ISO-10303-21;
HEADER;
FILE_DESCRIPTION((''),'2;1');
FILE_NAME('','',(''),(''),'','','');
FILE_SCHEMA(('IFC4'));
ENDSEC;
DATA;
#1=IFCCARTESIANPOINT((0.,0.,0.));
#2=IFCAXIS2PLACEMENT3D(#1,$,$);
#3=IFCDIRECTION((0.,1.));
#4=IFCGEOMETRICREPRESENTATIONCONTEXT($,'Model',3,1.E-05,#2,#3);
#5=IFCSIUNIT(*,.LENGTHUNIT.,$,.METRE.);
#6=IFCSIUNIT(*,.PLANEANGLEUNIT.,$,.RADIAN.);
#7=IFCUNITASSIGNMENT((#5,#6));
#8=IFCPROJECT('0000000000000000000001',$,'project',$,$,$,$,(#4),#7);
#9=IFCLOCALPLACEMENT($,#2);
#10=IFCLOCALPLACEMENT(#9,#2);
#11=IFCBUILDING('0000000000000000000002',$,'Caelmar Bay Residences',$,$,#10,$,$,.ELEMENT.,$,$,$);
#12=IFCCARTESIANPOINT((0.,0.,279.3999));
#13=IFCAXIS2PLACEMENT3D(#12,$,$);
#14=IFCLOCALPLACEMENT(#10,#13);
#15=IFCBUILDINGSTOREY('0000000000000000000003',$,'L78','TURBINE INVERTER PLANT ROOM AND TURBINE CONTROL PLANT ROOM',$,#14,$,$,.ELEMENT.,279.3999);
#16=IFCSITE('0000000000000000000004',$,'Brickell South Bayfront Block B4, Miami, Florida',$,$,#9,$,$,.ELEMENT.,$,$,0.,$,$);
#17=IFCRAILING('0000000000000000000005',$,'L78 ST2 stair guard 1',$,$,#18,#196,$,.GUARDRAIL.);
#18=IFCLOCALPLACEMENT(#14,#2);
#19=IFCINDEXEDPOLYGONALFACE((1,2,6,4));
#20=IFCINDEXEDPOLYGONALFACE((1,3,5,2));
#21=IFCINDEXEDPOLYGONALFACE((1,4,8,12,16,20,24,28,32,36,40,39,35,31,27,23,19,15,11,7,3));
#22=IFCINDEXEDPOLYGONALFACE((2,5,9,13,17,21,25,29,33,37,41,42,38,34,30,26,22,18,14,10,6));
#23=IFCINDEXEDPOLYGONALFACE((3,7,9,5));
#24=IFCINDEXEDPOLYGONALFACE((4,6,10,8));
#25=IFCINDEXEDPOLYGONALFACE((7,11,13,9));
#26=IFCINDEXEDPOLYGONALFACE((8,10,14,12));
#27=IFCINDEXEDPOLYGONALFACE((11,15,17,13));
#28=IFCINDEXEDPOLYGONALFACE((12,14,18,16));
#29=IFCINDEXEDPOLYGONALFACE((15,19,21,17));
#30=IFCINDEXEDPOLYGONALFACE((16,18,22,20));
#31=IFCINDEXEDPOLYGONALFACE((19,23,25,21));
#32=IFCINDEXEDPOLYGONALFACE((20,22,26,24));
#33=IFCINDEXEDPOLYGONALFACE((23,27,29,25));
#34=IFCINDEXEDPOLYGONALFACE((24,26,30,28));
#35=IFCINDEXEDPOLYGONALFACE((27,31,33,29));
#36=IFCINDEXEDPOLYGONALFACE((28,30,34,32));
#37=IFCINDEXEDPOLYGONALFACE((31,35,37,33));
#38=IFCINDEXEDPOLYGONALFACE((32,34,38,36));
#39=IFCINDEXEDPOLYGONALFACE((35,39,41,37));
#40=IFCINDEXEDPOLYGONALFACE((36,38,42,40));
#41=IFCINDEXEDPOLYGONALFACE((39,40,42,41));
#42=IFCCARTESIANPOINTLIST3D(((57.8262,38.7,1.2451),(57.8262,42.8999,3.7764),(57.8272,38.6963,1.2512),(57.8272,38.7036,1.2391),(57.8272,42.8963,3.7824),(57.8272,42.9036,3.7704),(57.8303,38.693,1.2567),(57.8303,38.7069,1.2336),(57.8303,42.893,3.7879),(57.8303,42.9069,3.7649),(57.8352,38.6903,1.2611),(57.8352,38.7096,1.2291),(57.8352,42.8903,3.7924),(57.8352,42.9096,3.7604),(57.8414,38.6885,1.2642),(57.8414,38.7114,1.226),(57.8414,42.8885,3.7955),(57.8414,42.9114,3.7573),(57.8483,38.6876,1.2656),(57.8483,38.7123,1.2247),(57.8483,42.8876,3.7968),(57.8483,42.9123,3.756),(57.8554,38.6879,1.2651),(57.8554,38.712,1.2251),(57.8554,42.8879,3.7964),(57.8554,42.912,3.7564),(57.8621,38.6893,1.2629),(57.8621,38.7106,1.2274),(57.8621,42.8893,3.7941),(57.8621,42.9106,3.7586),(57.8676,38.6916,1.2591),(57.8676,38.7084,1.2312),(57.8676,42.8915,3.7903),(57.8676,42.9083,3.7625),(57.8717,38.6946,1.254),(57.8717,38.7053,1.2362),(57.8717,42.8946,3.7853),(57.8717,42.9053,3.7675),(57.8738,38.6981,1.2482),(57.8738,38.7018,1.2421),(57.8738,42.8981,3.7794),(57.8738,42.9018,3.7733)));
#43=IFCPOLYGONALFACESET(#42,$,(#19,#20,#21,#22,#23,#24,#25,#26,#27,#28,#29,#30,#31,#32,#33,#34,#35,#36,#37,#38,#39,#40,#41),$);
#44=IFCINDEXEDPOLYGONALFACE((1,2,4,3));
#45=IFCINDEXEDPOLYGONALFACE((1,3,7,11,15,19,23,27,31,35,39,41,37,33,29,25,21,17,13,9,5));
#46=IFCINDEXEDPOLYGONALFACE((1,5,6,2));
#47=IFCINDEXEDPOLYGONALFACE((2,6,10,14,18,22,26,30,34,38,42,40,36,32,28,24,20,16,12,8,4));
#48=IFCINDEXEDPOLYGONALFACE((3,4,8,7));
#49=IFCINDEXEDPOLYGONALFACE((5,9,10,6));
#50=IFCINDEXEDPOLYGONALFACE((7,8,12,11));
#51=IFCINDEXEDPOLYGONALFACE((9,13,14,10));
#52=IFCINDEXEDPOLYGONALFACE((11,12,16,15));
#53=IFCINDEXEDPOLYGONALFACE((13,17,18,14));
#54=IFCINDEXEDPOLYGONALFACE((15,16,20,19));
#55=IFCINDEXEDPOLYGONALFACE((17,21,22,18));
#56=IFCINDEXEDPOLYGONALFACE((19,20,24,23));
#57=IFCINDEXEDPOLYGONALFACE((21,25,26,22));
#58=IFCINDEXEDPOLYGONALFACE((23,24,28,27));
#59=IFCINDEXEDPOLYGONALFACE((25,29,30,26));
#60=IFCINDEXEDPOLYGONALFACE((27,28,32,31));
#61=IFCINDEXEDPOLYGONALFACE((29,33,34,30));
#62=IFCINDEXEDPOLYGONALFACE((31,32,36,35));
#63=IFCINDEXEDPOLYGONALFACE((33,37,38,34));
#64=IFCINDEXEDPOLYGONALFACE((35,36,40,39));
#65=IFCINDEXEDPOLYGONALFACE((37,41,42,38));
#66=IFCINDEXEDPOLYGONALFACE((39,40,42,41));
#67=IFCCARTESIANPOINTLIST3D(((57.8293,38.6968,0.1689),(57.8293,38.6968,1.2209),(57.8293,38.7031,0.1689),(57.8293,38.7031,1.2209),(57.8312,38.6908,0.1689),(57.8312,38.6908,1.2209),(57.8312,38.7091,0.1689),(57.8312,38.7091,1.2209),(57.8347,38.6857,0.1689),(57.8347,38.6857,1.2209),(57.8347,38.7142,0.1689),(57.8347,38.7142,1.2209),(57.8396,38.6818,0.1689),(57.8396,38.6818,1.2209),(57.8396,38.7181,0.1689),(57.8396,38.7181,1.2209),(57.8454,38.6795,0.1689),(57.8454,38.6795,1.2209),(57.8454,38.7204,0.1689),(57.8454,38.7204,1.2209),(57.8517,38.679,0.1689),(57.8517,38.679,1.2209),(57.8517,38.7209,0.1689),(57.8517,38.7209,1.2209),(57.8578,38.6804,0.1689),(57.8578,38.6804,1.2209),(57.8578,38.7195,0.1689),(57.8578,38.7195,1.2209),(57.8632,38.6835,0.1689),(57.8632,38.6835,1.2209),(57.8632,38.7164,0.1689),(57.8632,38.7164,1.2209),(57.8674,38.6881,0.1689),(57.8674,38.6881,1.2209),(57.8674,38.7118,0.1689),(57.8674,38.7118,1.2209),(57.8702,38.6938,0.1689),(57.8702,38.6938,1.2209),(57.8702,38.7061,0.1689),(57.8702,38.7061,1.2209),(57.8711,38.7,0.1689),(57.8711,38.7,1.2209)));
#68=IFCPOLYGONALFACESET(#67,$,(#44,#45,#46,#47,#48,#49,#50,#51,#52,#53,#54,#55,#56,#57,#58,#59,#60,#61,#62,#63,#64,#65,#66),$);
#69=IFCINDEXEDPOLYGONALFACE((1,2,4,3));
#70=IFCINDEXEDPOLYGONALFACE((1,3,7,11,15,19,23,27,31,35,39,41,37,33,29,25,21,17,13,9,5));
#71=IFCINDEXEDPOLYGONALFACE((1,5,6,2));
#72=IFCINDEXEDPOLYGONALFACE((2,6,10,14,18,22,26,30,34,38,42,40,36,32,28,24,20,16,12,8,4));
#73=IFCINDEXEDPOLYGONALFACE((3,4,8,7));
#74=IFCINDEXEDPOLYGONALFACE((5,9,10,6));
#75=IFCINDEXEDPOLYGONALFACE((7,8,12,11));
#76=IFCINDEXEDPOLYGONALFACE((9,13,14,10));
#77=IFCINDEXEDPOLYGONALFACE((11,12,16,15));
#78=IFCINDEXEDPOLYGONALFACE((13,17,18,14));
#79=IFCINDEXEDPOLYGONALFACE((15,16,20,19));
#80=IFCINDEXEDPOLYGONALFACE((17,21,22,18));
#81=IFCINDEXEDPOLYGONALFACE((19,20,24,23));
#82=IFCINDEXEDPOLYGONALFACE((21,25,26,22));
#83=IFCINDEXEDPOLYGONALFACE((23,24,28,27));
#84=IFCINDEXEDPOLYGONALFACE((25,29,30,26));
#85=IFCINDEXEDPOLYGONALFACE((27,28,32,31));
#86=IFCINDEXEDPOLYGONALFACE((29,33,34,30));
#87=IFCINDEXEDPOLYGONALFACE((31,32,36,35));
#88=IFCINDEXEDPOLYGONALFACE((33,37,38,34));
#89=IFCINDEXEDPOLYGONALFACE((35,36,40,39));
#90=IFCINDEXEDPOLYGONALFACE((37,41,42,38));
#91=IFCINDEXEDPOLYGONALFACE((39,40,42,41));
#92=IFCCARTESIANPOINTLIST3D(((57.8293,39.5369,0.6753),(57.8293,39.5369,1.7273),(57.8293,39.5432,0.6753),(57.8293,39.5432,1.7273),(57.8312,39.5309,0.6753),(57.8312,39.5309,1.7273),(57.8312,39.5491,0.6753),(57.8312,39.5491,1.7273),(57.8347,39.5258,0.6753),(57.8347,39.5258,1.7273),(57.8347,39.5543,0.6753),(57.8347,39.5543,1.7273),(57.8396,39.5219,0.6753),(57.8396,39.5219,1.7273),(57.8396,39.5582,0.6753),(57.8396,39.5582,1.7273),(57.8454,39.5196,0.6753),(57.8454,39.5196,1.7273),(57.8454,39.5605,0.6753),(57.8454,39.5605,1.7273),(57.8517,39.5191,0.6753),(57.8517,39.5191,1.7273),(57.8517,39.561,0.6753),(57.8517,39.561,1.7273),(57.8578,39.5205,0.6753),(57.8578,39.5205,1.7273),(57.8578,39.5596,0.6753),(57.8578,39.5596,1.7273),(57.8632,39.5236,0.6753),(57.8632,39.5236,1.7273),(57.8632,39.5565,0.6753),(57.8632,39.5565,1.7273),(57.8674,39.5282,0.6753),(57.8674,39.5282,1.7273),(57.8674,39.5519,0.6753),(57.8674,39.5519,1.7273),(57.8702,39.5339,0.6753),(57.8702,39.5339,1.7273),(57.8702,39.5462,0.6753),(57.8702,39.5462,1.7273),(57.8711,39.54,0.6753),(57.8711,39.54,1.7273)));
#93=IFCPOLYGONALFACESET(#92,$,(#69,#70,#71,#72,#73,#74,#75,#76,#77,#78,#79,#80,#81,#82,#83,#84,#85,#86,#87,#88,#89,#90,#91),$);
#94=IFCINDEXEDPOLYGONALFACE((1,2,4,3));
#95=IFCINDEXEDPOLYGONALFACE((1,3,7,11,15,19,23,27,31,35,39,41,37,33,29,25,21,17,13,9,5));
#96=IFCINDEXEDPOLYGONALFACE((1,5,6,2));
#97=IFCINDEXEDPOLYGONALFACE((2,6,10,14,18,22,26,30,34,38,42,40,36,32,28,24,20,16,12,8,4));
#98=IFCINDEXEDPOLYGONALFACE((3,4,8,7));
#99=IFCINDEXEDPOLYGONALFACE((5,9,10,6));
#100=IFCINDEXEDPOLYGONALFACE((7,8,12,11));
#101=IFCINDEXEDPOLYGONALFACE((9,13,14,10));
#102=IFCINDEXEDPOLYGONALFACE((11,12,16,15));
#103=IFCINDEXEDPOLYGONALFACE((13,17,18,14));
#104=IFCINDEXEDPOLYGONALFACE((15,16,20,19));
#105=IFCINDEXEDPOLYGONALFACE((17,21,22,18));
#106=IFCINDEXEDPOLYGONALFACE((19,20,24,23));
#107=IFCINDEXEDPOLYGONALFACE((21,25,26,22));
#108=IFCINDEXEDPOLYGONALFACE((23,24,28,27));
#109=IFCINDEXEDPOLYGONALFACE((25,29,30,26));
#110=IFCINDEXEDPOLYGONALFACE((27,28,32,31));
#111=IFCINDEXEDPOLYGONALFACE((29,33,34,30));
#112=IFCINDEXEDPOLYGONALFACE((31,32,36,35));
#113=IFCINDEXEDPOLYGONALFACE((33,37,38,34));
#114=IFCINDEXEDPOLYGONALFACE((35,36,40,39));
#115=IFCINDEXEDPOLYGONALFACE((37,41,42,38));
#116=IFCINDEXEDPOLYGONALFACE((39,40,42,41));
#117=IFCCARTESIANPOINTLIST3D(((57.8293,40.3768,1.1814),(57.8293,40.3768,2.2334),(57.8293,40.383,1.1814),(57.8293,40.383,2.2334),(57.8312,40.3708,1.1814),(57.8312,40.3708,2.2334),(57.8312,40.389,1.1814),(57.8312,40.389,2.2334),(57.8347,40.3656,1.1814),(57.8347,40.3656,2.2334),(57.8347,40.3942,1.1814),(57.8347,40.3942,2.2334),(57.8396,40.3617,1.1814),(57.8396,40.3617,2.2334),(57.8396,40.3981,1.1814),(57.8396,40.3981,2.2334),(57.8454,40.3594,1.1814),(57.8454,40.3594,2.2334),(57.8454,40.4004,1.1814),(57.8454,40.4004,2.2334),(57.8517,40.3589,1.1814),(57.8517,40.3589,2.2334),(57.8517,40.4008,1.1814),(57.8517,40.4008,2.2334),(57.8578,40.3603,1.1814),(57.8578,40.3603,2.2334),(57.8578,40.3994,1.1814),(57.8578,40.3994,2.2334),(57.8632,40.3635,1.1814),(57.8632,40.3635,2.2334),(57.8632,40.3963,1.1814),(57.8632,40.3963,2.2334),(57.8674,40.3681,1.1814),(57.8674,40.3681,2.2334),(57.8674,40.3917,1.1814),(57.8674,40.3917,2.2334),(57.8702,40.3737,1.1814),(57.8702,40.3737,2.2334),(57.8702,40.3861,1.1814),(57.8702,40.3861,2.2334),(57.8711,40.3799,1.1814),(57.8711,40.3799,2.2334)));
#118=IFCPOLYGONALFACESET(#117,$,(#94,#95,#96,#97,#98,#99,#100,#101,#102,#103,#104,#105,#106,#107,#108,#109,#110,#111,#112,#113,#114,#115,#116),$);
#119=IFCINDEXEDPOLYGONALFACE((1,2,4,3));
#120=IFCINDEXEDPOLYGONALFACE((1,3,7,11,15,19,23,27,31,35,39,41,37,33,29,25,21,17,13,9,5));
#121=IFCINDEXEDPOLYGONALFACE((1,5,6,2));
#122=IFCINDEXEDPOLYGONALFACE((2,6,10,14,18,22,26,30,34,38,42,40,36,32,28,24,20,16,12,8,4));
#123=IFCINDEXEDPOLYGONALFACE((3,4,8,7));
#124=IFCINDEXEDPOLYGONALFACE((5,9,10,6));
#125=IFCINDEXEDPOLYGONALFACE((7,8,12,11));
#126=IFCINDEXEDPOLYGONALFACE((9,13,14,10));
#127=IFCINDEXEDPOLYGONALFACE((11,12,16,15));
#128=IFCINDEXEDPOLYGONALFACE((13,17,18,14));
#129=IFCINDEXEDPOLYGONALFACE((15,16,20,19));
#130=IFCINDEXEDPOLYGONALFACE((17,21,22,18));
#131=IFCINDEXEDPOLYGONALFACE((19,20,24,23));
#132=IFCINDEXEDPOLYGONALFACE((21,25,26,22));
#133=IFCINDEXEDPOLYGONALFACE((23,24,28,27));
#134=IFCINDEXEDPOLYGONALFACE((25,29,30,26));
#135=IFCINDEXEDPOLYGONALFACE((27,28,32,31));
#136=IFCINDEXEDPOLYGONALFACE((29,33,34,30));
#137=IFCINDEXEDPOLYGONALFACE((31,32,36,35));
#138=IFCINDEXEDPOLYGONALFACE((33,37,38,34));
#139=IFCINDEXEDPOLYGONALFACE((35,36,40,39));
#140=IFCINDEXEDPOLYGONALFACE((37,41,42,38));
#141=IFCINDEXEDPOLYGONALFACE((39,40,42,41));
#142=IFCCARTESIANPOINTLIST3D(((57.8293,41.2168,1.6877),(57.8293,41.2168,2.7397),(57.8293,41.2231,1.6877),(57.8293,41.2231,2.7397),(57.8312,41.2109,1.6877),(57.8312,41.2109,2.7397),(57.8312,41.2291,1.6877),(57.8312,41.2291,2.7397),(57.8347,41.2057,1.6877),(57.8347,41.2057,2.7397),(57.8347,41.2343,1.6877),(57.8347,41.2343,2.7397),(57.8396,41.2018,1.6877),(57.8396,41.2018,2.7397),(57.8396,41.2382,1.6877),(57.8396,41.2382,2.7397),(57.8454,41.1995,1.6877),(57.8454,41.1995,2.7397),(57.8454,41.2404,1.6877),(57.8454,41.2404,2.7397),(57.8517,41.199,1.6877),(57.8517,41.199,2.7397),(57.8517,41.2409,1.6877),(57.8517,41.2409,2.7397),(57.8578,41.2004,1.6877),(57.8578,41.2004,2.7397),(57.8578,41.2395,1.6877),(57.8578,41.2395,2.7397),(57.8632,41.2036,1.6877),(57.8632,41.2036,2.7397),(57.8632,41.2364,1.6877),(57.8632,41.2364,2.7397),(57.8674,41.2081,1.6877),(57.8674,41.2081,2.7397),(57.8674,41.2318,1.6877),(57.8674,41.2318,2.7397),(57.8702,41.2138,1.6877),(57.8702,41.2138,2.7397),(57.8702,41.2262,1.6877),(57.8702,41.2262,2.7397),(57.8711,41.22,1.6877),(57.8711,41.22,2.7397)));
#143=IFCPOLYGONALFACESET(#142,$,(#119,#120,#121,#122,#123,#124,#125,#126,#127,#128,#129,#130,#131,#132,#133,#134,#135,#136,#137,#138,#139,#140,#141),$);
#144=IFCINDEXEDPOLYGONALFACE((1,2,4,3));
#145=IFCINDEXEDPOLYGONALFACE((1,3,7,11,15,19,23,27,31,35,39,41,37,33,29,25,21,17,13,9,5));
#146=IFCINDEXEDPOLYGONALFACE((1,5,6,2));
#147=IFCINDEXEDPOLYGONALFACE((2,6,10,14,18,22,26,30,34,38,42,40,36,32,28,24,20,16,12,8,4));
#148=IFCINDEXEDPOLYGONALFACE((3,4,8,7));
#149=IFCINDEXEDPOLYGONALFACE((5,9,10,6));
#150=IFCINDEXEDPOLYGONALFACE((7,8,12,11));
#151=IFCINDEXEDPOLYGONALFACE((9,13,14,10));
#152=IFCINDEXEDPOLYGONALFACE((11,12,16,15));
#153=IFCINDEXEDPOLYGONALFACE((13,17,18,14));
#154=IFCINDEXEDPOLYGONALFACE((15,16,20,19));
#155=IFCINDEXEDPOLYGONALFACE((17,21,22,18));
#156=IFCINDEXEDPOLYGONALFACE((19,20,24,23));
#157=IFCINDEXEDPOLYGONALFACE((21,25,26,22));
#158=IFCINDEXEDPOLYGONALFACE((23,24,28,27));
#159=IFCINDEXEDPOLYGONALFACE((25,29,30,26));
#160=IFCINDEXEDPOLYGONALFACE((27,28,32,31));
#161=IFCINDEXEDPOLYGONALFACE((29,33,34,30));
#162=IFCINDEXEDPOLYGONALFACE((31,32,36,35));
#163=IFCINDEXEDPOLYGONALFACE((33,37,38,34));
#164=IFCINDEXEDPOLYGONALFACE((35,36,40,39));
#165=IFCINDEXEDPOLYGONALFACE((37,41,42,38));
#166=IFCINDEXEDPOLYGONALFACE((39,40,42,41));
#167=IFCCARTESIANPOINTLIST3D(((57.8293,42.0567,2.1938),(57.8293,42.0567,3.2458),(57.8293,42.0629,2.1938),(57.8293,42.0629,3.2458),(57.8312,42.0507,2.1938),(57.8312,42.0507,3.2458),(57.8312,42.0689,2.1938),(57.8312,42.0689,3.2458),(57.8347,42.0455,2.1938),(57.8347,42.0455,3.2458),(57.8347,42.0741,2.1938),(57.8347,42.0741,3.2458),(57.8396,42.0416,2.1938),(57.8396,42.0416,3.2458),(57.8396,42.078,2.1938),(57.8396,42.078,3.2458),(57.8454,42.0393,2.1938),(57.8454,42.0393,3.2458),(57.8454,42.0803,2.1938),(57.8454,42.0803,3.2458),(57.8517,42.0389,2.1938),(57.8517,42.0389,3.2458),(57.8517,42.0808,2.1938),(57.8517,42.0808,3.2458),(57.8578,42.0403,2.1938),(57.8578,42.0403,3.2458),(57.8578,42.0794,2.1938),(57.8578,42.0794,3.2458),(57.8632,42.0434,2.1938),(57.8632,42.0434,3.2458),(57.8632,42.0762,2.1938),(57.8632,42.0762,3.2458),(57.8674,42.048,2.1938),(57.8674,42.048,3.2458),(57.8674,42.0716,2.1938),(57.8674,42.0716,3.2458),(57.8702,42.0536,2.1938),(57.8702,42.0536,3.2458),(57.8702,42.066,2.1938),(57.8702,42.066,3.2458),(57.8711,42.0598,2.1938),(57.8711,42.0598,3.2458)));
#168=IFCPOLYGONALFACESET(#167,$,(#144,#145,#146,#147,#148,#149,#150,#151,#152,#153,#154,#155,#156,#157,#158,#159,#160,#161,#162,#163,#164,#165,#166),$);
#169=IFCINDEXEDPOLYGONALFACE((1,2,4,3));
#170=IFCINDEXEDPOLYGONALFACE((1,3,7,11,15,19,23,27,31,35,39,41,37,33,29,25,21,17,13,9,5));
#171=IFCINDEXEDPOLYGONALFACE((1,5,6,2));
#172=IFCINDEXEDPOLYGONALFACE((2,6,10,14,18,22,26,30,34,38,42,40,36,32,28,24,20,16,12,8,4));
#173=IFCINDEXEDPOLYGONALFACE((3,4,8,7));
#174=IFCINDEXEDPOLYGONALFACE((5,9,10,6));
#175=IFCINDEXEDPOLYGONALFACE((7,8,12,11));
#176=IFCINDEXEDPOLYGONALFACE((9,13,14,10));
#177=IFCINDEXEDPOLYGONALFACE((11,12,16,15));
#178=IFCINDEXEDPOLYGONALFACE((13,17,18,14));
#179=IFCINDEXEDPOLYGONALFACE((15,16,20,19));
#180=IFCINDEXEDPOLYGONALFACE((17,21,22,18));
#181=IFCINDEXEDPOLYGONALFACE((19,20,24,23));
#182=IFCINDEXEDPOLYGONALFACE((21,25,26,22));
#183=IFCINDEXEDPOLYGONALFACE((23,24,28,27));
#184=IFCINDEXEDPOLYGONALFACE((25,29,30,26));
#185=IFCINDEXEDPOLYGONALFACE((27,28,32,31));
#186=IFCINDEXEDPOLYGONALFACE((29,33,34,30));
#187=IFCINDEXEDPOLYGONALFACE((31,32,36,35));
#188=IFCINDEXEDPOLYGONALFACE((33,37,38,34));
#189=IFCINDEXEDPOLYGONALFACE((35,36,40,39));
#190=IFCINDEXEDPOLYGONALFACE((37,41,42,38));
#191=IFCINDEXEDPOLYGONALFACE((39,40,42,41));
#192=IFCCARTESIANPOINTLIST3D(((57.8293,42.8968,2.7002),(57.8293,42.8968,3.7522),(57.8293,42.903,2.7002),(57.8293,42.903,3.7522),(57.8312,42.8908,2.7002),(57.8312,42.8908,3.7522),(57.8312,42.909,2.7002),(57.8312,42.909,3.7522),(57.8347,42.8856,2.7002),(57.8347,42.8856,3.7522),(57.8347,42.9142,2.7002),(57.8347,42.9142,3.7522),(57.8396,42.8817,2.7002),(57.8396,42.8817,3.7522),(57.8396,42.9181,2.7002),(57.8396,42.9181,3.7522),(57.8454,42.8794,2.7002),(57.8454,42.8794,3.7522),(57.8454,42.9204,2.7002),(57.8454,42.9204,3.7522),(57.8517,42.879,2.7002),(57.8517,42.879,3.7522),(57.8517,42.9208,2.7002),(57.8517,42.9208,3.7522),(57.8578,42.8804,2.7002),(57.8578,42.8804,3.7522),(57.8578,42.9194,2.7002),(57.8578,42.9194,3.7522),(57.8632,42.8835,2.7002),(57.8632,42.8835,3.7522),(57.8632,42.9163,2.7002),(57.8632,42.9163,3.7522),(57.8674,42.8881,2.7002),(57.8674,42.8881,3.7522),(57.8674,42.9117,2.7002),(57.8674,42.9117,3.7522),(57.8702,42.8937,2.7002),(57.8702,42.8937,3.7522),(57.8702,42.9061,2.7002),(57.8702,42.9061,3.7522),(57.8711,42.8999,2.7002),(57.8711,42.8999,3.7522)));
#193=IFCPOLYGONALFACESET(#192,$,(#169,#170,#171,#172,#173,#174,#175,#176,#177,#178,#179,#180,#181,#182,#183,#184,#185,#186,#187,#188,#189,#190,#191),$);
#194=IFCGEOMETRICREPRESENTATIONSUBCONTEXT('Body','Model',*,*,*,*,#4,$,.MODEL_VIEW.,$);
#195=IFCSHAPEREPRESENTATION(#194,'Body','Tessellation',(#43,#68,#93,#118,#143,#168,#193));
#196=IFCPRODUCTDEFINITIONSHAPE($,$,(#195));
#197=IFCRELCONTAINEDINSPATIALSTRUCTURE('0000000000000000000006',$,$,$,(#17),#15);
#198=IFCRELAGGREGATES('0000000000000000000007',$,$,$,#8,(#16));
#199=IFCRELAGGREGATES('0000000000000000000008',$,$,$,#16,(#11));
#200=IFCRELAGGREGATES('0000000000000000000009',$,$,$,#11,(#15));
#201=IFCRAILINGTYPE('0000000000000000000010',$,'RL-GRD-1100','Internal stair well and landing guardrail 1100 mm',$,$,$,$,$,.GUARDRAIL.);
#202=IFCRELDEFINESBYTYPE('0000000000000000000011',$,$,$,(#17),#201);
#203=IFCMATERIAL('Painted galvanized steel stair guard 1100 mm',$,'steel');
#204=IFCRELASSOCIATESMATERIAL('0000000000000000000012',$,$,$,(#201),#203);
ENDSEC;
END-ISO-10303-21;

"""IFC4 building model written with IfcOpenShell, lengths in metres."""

from ifc_helpers import new_model, si_unit, direction, frame, origin, origin_2d, place, context, subcontext, project, spatial, circle, extrude, material, type_object, element, save


model = new_model("IFC4")

# Units and contexts
model_context = context("Model", 3, precision=1e-05, world=origin(), true_north=direction((0.0, 1.0)))
body_context = subcontext(model_context, "Body", "Model", "MODEL_VIEW")
ifc_project = project(units=[si_unit("LENGTHUNIT", "METRE"), si_unit("PLANEANGLEUNIT", "RADIAN")], contexts=[model_context])

# Site, building, storey
site_placement = place(None, origin())
site = spatial("IfcSite", under=ifc_project, at=site_placement, Name="Brickell South Bayfront Block B4, Miami, Florida", CompositionType="ELEMENT", RefElevation=0.0)
building_placement = place(site_placement, origin())
building = spatial("IfcBuilding", under=site, at=building_placement, Name="Caelmar Bay Residences", CompositionType="ELEMENT")
storey_placement = place(building_placement, frame((0.0, 0.0, 279.3999)))
storey = spatial("IfcBuildingStorey", under=building, at=storey_placement, Name="L78", Description="TURBINE INVERTER PLANT ROOM AND TURBINE CONTROL PLANT ROOM", CompositionType="ELEMENT", Elevation=279.3999)

# Railing
ifc_material_1 = material(Name="Painted galvanized steel stair guard 1100 mm", Category="steel")
railing_type_1 = type_object("IfcRailingType", Name="RL-GRD-1100", Description="Internal stair well and landing guardrail 1100 mm", PredefinedType="GUARDRAIL", material=ifc_material_1)
railing_1_placement = place(storey_placement, frame((57.8501, 38.7, 0.1689)))
element("IfcRailing", 1, at=railing_1_placement, inside=storey, type_object=railing_type_1, Name="L78 ST2 stair guard 1", PredefinedType="GUARDRAIL", context=body_context, shape_type="SweptSolid", body=[
    extrude(circle(Radius=0.0239, at=origin_2d()), frame((0.0, 0.0, 1.0762), z_axis=(0.0, 0.856476, 0.516186), x_axis=(-1.0, 0.0, 0.0)), (0.0, 0.0, 1.0), 4.9038),
    extrude(circle(Radius=0.021, at=origin_2d()), origin(), (0.0, 0.0, 1.0), 1.052),
    extrude(circle(Radius=0.021, at=origin_2d()), frame((0.0, 0.8401, 0.5063)), (0.0, 0.0, 1.0), 1.052),
    extrude(circle(Radius=0.021, at=origin_2d()), frame((0.0, 1.6799, 1.0125)), (0.0, 0.0, 1.0), 1.052),
    extrude(circle(Radius=0.021, at=origin_2d()), frame((0.0, 2.52, 1.5188)), (0.0, 0.0, 1.0), 1.052),
    extrude(circle(Radius=0.021, at=origin_2d()), frame((0.0, 3.3599, 2.0249)), (0.0, 0.0, 1.0), 1.052),
    extrude(circle(Radius=0.021, at=origin_2d()), frame((0.0, 4.2, 2.5312)), (0.0, 0.0, 1.0), 1.052),
])

save(model, "model.ifc")
